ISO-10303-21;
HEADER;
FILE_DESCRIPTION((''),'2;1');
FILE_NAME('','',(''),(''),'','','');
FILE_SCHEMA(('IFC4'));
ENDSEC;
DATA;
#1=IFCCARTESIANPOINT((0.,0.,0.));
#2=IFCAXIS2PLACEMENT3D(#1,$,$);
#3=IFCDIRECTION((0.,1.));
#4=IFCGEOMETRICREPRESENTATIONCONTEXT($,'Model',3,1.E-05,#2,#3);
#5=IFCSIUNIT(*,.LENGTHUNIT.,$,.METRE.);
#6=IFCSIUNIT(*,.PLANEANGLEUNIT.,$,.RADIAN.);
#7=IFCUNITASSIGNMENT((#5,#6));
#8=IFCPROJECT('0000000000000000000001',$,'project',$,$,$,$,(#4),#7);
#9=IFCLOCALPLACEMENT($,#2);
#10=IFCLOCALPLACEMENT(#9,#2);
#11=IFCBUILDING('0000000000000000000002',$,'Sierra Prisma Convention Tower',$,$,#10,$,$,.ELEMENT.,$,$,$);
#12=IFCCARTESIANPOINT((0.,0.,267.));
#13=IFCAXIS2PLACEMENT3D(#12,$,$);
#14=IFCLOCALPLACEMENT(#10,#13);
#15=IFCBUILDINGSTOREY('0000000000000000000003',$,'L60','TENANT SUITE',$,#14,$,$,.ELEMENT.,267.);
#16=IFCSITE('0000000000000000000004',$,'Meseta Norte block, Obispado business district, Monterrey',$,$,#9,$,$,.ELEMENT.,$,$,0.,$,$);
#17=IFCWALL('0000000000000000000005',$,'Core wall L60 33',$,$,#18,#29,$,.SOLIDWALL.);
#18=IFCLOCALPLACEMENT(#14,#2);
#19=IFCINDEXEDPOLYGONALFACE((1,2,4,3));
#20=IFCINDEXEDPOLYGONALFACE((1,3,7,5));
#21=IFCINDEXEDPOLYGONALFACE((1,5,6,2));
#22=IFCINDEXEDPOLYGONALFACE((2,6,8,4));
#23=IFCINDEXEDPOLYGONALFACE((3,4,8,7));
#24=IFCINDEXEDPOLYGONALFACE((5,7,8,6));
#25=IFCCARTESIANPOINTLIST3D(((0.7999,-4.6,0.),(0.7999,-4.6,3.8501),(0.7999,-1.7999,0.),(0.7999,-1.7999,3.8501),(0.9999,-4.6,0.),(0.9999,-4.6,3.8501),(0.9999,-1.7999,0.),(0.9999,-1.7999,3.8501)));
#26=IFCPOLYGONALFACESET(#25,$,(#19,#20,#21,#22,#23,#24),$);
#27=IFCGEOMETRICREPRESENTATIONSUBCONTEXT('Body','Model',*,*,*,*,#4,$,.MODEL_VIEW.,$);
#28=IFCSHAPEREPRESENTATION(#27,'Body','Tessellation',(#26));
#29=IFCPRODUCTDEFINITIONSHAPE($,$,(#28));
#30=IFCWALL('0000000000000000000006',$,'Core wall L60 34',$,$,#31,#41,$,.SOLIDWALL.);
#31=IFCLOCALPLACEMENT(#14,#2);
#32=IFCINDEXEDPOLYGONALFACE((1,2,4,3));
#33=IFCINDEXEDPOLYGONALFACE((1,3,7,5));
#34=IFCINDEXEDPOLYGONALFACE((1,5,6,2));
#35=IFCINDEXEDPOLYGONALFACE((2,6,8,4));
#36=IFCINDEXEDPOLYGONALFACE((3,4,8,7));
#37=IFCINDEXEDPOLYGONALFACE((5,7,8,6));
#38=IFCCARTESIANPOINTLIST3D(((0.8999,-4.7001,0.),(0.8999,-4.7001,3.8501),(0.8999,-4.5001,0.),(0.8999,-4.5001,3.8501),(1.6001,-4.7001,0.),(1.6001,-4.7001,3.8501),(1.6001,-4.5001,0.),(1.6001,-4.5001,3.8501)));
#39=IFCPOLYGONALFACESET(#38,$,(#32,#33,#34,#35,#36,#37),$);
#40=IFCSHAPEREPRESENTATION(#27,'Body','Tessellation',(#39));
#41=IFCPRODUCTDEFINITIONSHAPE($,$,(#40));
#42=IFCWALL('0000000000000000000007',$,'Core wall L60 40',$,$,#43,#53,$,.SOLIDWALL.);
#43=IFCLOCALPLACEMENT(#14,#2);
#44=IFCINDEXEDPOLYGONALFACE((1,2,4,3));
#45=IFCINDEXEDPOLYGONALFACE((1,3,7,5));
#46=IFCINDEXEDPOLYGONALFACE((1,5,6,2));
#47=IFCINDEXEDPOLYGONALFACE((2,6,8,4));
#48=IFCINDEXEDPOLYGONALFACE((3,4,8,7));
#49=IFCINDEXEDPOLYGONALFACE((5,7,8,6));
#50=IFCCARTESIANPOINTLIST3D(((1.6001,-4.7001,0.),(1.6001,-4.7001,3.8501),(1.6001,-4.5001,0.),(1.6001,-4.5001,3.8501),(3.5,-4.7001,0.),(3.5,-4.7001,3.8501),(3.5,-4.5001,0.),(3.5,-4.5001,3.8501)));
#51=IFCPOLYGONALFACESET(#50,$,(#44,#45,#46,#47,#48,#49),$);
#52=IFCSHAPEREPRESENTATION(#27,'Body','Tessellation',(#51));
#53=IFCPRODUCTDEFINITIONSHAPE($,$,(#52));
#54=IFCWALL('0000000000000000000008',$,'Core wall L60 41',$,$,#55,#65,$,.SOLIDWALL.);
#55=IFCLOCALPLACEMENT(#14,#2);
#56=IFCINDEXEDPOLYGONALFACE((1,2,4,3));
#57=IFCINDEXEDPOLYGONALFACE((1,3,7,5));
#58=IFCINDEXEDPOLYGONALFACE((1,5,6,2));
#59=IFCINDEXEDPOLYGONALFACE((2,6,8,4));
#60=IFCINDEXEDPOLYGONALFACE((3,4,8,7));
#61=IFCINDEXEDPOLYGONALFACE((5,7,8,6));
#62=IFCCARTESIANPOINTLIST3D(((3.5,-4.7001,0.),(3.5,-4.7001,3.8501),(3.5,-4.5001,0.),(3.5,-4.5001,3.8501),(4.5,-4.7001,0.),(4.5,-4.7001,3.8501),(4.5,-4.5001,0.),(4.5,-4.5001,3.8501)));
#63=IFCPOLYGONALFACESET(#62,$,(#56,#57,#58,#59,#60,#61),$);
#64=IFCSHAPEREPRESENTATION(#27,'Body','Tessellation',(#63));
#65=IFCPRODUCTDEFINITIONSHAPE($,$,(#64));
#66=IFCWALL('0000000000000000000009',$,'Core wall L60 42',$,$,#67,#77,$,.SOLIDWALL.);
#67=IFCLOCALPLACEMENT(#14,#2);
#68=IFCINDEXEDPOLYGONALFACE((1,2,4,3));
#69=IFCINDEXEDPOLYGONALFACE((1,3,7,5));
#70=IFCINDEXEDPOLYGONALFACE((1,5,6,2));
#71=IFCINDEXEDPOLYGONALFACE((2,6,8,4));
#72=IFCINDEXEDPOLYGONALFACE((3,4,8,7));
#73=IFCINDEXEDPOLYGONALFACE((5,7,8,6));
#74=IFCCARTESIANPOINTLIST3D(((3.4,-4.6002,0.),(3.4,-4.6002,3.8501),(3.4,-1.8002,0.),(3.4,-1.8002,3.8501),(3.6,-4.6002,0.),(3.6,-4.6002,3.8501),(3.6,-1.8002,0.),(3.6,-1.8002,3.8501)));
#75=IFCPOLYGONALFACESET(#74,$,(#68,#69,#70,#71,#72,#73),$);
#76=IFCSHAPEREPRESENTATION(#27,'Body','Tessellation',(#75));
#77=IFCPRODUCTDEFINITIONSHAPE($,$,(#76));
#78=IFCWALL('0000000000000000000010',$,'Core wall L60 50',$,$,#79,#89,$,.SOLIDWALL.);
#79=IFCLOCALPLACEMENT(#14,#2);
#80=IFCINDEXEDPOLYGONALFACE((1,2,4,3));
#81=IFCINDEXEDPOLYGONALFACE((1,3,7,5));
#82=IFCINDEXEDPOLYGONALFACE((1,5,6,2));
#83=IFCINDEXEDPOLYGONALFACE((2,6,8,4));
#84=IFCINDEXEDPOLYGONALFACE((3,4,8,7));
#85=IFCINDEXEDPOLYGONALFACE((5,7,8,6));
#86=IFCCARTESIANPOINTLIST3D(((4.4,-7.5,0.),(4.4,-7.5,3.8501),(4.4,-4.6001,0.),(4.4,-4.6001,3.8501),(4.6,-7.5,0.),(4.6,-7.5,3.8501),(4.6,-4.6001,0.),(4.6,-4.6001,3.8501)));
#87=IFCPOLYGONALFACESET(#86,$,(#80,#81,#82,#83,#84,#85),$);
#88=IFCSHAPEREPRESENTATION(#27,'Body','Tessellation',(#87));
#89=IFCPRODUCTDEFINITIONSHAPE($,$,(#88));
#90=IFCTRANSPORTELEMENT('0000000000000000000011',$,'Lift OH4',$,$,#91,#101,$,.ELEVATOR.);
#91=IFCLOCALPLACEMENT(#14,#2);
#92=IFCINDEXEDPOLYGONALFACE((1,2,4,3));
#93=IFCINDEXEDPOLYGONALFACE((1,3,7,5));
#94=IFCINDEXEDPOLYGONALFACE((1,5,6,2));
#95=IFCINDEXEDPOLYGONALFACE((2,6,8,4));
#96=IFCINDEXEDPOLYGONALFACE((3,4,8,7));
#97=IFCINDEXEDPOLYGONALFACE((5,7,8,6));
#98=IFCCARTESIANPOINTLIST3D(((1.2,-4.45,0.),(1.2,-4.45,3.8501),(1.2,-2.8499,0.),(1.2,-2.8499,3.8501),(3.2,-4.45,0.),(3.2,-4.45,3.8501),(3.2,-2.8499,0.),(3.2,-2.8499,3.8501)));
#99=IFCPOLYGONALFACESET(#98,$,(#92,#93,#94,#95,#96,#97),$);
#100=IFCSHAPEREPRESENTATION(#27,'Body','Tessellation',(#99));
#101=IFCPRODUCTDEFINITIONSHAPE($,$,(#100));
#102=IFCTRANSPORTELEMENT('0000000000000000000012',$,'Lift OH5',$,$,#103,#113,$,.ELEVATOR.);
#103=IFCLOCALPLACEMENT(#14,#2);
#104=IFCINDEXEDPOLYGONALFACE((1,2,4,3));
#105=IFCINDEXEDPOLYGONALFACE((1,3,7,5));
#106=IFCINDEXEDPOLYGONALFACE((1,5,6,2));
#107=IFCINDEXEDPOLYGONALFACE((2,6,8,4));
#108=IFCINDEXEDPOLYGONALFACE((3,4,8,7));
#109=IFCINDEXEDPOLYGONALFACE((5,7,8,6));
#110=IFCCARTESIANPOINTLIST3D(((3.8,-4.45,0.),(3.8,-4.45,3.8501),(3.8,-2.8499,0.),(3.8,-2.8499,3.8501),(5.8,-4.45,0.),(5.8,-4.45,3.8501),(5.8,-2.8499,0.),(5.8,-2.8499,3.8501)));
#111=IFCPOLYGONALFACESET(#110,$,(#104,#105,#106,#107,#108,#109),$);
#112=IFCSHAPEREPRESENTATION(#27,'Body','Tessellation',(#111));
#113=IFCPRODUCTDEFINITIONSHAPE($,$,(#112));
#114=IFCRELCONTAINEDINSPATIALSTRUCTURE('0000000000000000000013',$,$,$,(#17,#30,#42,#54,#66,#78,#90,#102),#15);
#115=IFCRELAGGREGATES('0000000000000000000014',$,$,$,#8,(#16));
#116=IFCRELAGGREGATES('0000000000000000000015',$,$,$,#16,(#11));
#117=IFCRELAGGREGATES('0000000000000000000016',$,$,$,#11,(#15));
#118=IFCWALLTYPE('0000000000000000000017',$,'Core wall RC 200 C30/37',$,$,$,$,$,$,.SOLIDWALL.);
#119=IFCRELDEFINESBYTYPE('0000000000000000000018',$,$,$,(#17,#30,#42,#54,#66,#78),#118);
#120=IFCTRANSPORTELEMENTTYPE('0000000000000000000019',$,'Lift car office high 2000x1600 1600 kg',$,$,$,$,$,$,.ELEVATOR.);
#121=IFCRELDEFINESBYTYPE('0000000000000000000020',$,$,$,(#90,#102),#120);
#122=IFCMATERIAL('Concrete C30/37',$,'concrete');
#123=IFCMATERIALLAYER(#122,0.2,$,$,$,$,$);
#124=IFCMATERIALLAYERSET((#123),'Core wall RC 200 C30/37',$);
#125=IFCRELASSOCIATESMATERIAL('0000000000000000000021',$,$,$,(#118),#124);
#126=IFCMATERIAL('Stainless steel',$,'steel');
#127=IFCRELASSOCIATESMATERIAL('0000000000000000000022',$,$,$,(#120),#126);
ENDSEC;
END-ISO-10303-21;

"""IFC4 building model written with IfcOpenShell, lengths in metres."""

from ifc_helpers import new_model, si_unit, direction, frame, frame_2d, origin, origin_2d, place, context, subcontext, project, spatial, rectangle, extrude, material, layer, layer_set, type_object, element, save


model = new_model("IFC4")

# Units and contexts
model_context = context("Model", 3, precision=1e-05, world=origin(), true_north=direction((0.0, 1.0)))
body_context = subcontext(model_context, "Body", "Model", "MODEL_VIEW")
ifc_project = project(units=[si_unit("LENGTHUNIT", "METRE"), si_unit("PLANEANGLEUNIT", "RADIAN")], contexts=[model_context])

# Site, building, storey
site_placement = place(None, origin())
site = spatial("IfcSite", under=ifc_project, at=site_placement, Name="Meseta Norte block, Obispado business district, Monterrey", CompositionType="ELEMENT", RefElevation=0.0)
building_placement = place(site_placement, origin())
building = spatial("IfcBuilding", under=site, at=building_placement, Name="Sierra Prisma Convention Tower", CompositionType="ELEMENT")
storey_placement = place(building_placement, frame((0.0, 0.0, 267.0)))
storey = spatial("IfcBuildingStorey", under=building, at=storey_placement, Name="L60", Description="TENANT SUITE", CompositionType="ELEMENT", Elevation=267.0)

# Shared definitions
ifc_material_1 = material(Name="Concrete C30/37", Category="concrete")
ifc_layer = layer(ifc_material_1, 0.2)
ifc_layer_set = layer_set([ifc_layer], Name="Core wall RC 200 C30/37")
wall_type = type_object("IfcWallType", Name="Core wall RC 200 C30/37", PredefinedType="SOLIDWALL", material=ifc_layer_set)

# Walls
wall_1_placement = place(storey_placement, frame((0.8999, -1.8, 0.0), z_axis=(0.0, 0.0, 1.0), x_axis=(0.0, -1.0, 0.0)))
element("IfcWall", 1, at=wall_1_placement, inside=storey, type_object=wall_type, Name="Core wall L60 33", PredefinedType="SOLIDWALL", context=body_context, shape_type="SweptSolid", body=[
    extrude(rectangle(XDim=2.8, YDim=0.2, at=frame_2d((1.3999, 0.0))), origin(), (0.0, 0.0, 1.0), 3.8501),
])
wall_2_placement = place(storey_placement, frame((0.8999, -4.6001, 0.0), z_axis=(0.0, 0.0, 1.0), x_axis=(1.0, 0.0, 0.0)))
element("IfcWall", 2, at=wall_2_placement, inside=storey, type_object=wall_type, Name="Core wall L60 34", PredefinedType="SOLIDWALL", context=body_context, shape_type="SweptSolid", body=[
    extrude(rectangle(XDim=0.7002, YDim=0.2, at=frame_2d((0.3501, 0.0))), origin(), (0.0, 0.0, 1.0), 3.8501),
])

# Walls
wall_3_placement = place(storey_placement, frame((3.5, -4.6001, 0.0), z_axis=(0.0, 0.0, 1.0), x_axis=(-1.0, 0.0, 0.0)))
element("IfcWall", 3, at=wall_3_placement, inside=storey, type_object=wall_type, Name="Core wall L60 40", PredefinedType="SOLIDWALL", context=body_context, shape_type="SweptSolid", body=[
    extrude(rectangle(XDim=1.8999, YDim=0.2, at=frame_2d((0.95, 0.0))), origin(), (0.0, 0.0, 1.0), 3.8501),
])
wall_4_placement = place(storey_placement, frame((4.5, -4.6001, 0.0), z_axis=(0.0, 0.0, 1.0), x_axis=(-1.0, 0.0, 0.0)))
element("IfcWall", 4, at=wall_4_placement, inside=storey, type_object=wall_type, Name="Core wall L60 41", PredefinedType="SOLIDWALL", context=body_context, shape_type="SweptSolid", body=[
    extrude(rectangle(XDim=1.0, YDim=0.2, at=frame_2d((0.5, 0.0))), origin(), (0.0, 0.0, 1.0), 3.8501),
])
wall_5_placement = place(storey_placement, frame((3.5, -4.6001, 0.0), z_axis=(0.0, 0.0, 1.0), x_axis=(0.0, 1.0, 0.0)))
element("IfcWall", 5, at=wall_5_placement, inside=storey, type_object=wall_type, Name="Core wall L60 42", PredefinedType="SOLIDWALL", context=body_context, shape_type="SweptSolid", body=[
    extrude(rectangle(XDim=2.8, YDim=0.2, at=frame_2d((1.3999, 0.0))), origin(), (0.0, 0.0, 1.0), 3.8501),
])

# Wall
wall_6_placement = place(storey_placement, frame((4.5, -4.6001, 0.0), z_axis=(0.0, 0.0, 1.0), x_axis=(0.0, -1.0, 0.0)))
element("IfcWall", 6, at=wall_6_placement, inside=storey, type_object=wall_type, Name="Core wall L60 50", PredefinedType="SOLIDWALL", context=body_context, shape_type="SweptSolid", body=[
    extrude(rectangle(XDim=2.8999, YDim=0.2, at=frame_2d((1.45, 0.0))), origin(), (0.0, 0.0, 1.0), 3.8501),
])

# Transport elements
ifc_material_2 = material(Name="Stainless steel", Category="steel")
transport_element_type = type_object("IfcTransportElementType", Name="Lift car office high 2000x1600 1600 kg", PredefinedType="ELEVATOR", material=ifc_material_2)
for number, where, z_axis, x_axis, name in (
    (7, (2.2, -3.6499, 0.0), (0.0, 0.0, 1.0), (1.0, 0.0, 0.0), "Lift OH4"),
    (8, (4.8, -3.6499, 0.0), (0.0, 0.0, 1.0), (1.0, 0.0, 0.0), "Lift OH5"),
):
    element("IfcTransportElement", number, at=place(storey_placement, frame(where, z_axis=z_axis, x_axis=x_axis)), inside=storey, type_object=transport_element_type, Name=name, PredefinedType="ELEVATOR", context=body_context, shape_type="SweptSolid", body=[
        extrude(rectangle(XDim=2.0, YDim=1.6001, at=origin_2d()), origin(), (0.0, 0.0, 1.0), 3.8501),
    ])

save(model, "model.ifc")
